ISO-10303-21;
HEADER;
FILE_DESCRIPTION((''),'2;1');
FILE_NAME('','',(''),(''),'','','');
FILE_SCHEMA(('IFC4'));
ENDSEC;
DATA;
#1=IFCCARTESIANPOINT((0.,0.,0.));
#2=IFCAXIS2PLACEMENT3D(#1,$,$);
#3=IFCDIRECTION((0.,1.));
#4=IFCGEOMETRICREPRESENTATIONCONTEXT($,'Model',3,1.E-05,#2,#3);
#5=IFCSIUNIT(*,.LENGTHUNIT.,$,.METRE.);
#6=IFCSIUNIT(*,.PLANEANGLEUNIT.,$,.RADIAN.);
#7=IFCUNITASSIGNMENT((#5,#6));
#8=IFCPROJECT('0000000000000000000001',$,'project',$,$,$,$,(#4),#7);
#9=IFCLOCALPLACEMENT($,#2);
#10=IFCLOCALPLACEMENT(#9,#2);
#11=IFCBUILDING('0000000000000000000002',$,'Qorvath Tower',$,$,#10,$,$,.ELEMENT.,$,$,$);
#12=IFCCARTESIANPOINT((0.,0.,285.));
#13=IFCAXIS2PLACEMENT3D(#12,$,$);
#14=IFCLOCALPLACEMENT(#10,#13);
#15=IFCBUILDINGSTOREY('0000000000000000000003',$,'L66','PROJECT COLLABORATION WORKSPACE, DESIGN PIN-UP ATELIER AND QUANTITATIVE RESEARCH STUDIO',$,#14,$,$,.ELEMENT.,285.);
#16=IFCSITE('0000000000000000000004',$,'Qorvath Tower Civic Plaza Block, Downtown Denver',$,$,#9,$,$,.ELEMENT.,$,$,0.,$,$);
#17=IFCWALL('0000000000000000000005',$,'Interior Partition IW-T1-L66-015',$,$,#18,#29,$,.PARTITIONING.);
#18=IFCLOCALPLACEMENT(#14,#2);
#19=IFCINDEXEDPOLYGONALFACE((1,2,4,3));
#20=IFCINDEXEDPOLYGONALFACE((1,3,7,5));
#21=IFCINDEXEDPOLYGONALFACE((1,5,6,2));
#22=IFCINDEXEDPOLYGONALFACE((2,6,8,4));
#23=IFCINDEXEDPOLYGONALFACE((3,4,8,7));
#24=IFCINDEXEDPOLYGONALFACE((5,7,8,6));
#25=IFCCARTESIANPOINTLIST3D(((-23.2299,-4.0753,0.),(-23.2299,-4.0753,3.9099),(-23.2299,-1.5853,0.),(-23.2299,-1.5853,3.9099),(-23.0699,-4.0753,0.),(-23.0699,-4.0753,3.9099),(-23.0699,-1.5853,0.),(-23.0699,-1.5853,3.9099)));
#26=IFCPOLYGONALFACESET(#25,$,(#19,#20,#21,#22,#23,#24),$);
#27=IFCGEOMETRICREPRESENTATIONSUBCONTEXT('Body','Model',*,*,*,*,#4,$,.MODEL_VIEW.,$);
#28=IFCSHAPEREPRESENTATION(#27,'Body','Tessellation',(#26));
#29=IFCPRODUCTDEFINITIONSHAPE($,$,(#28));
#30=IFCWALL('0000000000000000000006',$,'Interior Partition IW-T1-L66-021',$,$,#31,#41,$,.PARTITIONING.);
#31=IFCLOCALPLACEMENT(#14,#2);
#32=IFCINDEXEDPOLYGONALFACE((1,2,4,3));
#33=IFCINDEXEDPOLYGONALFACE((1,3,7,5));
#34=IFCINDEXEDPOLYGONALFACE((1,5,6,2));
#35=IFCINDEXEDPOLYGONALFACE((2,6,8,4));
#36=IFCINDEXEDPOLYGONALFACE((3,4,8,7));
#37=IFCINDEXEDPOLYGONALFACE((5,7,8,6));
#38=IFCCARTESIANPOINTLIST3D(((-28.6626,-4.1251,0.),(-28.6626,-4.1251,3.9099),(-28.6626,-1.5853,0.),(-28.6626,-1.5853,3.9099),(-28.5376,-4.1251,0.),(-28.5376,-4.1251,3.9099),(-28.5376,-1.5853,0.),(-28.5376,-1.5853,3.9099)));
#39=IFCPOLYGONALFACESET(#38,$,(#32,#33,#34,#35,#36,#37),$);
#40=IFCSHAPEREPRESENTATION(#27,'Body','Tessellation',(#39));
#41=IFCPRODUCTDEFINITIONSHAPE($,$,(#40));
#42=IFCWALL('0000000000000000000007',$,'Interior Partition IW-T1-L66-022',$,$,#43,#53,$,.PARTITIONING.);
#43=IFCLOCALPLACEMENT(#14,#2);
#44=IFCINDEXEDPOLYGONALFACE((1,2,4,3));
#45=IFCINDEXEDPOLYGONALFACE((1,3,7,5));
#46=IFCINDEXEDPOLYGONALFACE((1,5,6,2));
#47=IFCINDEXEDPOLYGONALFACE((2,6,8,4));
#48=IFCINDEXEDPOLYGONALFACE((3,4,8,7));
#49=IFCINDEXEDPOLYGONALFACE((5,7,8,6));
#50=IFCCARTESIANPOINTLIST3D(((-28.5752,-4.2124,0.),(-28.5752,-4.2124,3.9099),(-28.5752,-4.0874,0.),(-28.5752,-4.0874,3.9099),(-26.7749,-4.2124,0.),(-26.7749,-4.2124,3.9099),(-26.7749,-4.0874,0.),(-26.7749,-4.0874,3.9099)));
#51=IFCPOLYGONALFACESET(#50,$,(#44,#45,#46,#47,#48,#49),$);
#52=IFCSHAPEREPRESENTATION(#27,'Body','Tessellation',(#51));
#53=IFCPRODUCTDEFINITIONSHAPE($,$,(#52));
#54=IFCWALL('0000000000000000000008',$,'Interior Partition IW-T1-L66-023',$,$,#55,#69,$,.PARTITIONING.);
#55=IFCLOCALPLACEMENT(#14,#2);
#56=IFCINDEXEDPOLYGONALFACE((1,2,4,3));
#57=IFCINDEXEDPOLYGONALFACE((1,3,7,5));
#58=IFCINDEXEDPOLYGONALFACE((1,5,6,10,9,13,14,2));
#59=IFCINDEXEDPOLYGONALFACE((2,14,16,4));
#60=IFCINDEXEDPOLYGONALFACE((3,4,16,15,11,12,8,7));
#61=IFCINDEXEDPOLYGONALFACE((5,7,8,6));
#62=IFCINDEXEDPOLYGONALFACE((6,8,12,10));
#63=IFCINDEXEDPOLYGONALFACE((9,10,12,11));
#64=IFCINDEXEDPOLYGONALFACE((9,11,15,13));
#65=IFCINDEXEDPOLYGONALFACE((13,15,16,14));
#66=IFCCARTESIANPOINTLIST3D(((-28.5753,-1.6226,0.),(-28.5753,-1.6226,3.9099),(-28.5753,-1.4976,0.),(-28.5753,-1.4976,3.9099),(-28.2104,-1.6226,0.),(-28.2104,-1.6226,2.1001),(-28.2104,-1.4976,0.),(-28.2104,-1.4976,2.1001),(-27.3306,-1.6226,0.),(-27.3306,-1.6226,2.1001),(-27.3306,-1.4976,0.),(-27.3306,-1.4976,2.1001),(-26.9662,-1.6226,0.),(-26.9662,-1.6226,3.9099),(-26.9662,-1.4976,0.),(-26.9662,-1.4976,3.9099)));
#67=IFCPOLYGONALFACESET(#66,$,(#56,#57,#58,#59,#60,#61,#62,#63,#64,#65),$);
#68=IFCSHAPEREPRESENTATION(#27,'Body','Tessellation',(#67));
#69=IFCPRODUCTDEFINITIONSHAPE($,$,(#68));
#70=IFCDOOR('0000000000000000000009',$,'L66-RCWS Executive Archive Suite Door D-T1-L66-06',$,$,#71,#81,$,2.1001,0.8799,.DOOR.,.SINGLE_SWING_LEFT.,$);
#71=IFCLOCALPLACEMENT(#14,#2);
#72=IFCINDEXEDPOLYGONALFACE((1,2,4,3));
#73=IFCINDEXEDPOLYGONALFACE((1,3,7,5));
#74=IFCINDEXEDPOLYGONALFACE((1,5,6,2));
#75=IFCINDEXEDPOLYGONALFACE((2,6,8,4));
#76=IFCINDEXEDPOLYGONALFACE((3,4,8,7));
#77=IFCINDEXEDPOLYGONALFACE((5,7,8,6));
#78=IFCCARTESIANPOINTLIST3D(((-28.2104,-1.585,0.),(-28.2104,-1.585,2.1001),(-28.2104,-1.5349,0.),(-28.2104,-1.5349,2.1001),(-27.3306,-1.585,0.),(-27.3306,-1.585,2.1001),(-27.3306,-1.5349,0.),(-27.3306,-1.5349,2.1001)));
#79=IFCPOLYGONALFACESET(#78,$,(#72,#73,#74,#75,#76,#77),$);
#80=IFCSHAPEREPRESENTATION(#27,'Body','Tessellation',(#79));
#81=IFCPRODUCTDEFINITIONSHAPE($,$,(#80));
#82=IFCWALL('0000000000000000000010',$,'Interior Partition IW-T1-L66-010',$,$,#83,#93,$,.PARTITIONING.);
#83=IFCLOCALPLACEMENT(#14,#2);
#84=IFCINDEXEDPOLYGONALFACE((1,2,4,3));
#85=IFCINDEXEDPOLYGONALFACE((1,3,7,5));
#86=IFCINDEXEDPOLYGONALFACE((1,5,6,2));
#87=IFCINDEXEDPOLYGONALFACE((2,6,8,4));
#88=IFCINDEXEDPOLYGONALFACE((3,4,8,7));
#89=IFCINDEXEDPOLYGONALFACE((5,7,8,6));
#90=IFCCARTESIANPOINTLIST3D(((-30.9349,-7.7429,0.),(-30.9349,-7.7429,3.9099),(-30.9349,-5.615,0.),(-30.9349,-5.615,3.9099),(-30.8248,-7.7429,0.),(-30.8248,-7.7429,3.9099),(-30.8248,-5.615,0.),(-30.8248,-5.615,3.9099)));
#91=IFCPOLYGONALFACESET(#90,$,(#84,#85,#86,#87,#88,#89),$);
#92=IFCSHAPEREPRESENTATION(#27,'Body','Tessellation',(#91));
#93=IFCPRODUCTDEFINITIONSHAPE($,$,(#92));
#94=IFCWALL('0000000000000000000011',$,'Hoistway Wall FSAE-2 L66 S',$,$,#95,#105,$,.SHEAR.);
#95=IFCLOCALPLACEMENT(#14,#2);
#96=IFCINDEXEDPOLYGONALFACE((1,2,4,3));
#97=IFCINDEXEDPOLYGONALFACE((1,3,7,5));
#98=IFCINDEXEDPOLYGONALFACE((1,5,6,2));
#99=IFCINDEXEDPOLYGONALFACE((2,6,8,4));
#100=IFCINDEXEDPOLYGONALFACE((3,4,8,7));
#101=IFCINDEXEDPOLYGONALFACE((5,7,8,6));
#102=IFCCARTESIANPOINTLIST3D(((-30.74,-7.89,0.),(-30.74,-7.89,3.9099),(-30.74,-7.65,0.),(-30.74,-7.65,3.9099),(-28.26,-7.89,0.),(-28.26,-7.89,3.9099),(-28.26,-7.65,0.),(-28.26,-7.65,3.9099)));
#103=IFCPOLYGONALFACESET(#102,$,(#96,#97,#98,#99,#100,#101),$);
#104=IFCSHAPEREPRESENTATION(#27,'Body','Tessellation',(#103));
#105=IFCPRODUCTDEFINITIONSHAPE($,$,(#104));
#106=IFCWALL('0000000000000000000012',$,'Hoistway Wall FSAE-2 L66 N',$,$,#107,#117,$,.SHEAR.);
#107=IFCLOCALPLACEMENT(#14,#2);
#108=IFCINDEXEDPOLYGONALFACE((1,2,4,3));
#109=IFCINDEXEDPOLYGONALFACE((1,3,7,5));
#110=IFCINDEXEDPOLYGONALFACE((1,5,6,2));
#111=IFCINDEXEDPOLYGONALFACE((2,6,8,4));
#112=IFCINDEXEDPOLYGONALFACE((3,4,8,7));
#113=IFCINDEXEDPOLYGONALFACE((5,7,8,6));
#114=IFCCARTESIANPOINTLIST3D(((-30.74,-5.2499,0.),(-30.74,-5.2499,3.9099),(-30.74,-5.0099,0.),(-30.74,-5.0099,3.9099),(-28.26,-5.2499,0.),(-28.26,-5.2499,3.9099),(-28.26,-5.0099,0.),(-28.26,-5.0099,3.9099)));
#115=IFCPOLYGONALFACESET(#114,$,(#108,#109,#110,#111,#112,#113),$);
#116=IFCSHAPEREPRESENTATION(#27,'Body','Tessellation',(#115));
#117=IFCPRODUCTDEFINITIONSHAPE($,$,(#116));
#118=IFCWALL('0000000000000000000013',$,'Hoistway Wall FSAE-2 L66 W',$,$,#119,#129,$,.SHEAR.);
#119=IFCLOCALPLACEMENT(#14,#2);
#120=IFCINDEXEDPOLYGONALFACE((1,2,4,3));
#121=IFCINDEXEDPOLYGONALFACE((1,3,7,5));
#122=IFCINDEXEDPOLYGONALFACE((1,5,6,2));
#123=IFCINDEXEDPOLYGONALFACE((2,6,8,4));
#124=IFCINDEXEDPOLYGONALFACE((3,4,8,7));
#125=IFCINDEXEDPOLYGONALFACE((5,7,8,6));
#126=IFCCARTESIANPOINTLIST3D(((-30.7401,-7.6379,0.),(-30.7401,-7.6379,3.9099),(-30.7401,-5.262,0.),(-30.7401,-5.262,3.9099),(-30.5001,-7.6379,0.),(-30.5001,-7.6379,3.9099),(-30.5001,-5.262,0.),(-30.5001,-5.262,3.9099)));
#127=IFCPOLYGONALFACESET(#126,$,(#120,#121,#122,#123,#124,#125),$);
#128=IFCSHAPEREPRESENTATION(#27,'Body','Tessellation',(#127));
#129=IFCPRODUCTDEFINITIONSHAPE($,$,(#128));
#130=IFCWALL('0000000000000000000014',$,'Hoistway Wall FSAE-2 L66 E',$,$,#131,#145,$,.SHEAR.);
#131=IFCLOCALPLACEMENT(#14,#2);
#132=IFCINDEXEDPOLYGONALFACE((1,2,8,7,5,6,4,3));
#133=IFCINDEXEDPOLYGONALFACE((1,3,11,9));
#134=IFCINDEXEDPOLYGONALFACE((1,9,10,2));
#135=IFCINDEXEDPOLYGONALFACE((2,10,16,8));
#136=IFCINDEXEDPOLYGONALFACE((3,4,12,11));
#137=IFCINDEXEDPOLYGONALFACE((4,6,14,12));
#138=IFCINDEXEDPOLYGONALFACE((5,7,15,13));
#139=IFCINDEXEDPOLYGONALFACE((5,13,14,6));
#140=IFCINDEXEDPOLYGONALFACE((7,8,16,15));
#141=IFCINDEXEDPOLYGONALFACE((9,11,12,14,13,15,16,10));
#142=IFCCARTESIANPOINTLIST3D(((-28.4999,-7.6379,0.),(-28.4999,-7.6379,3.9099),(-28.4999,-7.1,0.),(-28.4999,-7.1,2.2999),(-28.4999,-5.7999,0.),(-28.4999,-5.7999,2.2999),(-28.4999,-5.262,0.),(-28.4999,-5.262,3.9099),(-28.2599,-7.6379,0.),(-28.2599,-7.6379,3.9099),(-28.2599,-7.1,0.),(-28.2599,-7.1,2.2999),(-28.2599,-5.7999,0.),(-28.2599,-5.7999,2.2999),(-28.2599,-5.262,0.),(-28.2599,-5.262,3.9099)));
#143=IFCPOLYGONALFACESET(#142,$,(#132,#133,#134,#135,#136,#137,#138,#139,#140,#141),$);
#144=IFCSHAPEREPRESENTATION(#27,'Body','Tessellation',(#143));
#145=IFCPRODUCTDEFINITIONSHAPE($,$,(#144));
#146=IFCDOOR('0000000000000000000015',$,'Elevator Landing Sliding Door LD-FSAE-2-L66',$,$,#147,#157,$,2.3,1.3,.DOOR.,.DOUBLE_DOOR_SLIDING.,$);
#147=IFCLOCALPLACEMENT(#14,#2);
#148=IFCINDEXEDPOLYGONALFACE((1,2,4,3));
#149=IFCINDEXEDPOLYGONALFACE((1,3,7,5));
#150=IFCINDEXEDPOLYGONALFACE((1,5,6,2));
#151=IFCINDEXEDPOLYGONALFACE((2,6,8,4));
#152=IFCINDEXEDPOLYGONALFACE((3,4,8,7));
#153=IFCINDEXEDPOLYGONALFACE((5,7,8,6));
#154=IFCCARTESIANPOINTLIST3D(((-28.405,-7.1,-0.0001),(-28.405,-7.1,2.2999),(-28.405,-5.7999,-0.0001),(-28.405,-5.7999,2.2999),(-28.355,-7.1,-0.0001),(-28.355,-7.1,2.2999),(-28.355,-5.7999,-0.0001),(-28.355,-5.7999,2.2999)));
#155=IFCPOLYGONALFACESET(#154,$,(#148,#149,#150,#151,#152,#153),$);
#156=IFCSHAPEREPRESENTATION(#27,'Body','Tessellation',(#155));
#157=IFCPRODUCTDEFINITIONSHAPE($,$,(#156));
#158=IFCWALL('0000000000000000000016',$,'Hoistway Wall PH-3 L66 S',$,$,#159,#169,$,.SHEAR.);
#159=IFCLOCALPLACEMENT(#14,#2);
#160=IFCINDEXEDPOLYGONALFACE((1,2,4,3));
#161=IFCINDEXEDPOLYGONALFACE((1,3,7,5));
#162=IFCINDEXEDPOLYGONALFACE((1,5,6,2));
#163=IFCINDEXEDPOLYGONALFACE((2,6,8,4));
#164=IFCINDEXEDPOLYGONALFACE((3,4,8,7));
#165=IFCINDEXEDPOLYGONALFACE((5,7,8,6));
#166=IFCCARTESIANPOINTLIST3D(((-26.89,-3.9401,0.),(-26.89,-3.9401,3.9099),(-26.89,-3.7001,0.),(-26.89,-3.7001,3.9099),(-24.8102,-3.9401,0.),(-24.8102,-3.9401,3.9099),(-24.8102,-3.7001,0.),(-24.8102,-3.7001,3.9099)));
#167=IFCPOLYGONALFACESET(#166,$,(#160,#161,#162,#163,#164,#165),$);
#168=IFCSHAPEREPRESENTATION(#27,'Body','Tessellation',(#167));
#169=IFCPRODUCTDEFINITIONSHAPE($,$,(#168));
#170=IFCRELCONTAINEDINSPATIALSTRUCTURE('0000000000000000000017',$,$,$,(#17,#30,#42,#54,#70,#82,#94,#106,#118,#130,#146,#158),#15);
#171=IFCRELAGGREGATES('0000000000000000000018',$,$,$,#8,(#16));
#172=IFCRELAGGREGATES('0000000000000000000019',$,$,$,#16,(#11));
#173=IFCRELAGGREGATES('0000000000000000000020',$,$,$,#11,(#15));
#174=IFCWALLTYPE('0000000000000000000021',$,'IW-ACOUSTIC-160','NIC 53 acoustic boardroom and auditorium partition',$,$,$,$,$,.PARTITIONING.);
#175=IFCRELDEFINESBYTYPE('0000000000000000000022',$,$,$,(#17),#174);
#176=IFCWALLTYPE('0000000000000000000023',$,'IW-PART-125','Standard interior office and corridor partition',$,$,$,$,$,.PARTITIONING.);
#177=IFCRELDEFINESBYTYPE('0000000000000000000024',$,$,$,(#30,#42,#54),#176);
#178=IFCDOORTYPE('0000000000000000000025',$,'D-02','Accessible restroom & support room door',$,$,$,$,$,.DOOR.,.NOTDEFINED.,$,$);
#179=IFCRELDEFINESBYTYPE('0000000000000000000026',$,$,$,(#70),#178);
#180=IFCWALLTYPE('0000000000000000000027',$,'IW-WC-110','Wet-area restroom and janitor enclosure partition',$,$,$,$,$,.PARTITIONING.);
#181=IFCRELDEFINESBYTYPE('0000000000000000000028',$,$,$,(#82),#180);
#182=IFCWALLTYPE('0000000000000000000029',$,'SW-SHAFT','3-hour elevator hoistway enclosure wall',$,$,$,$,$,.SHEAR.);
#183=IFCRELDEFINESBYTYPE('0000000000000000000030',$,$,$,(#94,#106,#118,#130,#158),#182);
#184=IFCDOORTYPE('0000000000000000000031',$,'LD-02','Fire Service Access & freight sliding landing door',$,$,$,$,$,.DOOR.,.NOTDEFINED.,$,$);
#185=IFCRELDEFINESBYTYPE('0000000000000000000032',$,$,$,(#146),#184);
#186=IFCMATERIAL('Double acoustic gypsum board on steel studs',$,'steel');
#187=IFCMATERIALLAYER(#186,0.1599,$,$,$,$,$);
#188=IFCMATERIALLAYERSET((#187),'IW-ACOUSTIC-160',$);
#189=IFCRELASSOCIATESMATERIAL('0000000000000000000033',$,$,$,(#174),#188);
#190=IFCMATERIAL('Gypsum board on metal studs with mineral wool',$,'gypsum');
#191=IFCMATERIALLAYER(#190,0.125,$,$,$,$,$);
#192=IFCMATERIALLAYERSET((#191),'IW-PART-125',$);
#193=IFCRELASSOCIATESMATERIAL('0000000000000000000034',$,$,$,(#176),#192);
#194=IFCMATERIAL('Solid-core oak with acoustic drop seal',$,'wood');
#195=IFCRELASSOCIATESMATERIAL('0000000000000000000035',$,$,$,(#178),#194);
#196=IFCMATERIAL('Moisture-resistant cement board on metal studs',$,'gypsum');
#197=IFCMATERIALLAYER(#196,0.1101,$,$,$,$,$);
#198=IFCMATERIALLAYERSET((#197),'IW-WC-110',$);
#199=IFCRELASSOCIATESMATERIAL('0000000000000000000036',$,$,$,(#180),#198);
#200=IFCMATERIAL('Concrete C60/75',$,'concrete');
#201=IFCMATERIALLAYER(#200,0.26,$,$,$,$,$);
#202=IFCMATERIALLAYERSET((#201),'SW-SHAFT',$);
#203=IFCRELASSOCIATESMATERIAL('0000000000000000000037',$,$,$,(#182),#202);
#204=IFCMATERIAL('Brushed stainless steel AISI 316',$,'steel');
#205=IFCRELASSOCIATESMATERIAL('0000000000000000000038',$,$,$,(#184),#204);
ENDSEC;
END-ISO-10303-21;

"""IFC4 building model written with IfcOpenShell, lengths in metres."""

from ifc_helpers import new_model, si_unit, direction, frame, frame_2d, origin, place, context, subcontext, project, spatial, rectangle, extrude, material, layer, layer_set, type_object, element, fill, save


model = new_model("IFC4")

# Units and contexts
model_context = context("Model", 3, precision=1e-05, world=origin(), true_north=direction((0.0, 1.0)))
body_context = subcontext(model_context, "Body", "Model", "MODEL_VIEW")
ifc_project = project(units=[si_unit("LENGTHUNIT", "METRE"), si_unit("PLANEANGLEUNIT", "RADIAN")], contexts=[model_context])

# Site, building, storey
site_placement = place(None, origin())
site = spatial("IfcSite", under=ifc_project, at=site_placement, Name="Qorvath Tower Civic Plaza Block, Downtown Denver", CompositionType="ELEMENT", RefElevation=0.0)
building_placement = place(site_placement, origin())
building = spatial("IfcBuilding", under=site, at=building_placement, Name="Qorvath Tower", CompositionType="ELEMENT")
storey_placement = place(building_placement, frame((0.0, 0.0, 285.0)))
storey = spatial("IfcBuildingStorey", under=building, at=storey_placement, Name="L66", Description="PROJECT COLLABORATION WORKSPACE, DESIGN PIN-UP ATELIER AND QUANTITATIVE RESEARCH STUDIO", CompositionType="ELEMENT", Elevation=285.0)

# Walls
ifc_material_1 = material(Name="Double acoustic gypsum board on steel studs", Category="steel")
ifc_layer_1 = layer(ifc_material_1, 0.1599)
ifc_layer_set_1 = layer_set([ifc_layer_1], Name="IW-ACOUSTIC-160")
wall_type_1 = type_object("IfcWallType", Name="IW-ACOUSTIC-160", Description="NIC 53 acoustic boardroom and auditorium partition", PredefinedType="PARTITIONING", material=ifc_layer_set_1)
wall_1_placement = place(storey_placement, frame((-23.1499, -1.5852, 0.0), z_axis=(0.0, 0.0, 1.0), x_axis=(0.0, -1.0, 0.0)))
element("IfcWall", 1, at=wall_1_placement, inside=storey, type_object=wall_type_1, Name="Interior Partition IW-T1-L66-015", PredefinedType="PARTITIONING", context=body_context, shape_type="SweptSolid", body=[
    extrude(rectangle(XDim=2.49, YDim=0.1599, at=frame_2d((1.2451, 0.0))), origin(), (0.0, 0.0, 1.0), 3.9099),
])
ifc_material_2 = material(Name="Gypsum board on metal studs with mineral wool", Category="gypsum")
ifc_layer_2 = layer(ifc_material_2, 0.125)
ifc_layer_set_2 = layer_set([ifc_layer_2], Name="IW-PART-125")
wall_type_2 = type_object("IfcWallType", Name="IW-PART-125", Description="Standard interior office and corridor partition", PredefinedType="PARTITIONING", material=ifc_layer_set_2)
wall_2_placement = place(storey_placement, frame((-28.6001, -1.5852, 0.0), z_axis=(0.0, 0.0, 1.0), x_axis=(0.0, -1.0, 0.0)))
element("IfcWall", 2, at=wall_2_placement, inside=storey, type_object=wall_type_2, Name="Interior Partition IW-T1-L66-021", PredefinedType="PARTITIONING", context=body_context, shape_type="SweptSolid", body=[
    extrude(rectangle(XDim=2.5398, YDim=0.125, at=frame_2d((1.27, 0.0))), origin(), (0.0, 0.0, 1.0), 3.9099),
])
wall_3_placement = place(storey_placement, frame((-28.5752, -4.1499, 0.0), z_axis=(0.0, 0.0, 1.0), x_axis=(1.0, 0.0, 0.0)))
element("IfcWall", 3, at=wall_3_placement, inside=storey, type_object=wall_type_2, Name="Interior Partition IW-T1-L66-022", PredefinedType="PARTITIONING", context=body_context, shape_type="SweptSolid", body=[
    extrude(rectangle(XDim=1.8003, YDim=0.125, at=frame_2d((0.9001, 0.0))), origin(), (0.0, 0.0, 1.0), 3.9099),
])

# Wall, opening, door
wall_4_placement = place(storey_placement, frame((-26.9661, -1.5601, 0.0), z_axis=(0.0, 0.0, 1.0), x_axis=(-1.0, 0.0, 0.0)))
wall_4 = element("IfcWall", 4, at=wall_4_placement, inside=storey, type_object=wall_type_2, Name="Interior Partition IW-T1-L66-023", PredefinedType="PARTITIONING", context=body_context, shape_type="SweptSolid", body=[
    extrude(rectangle(XDim=1.6091, YDim=0.125, at=frame_2d((0.8047, 0.0))), origin(), (0.0, 0.0, 1.0), 3.9099),
])
opening_1_placement = place(wall_4_placement, frame((0.3645, 0.0, 0.0)))
opening_1 = element("IfcOpeningElement", 5, at=opening_1_placement, cuts=wall_4, PredefinedType="OPENING", context=body_context, shape_type="SweptSolid", body=[
    extrude(rectangle(XDim=0.8799, YDim=2.1001, at=frame_2d((0.4399, 1.05))), frame((0.0, 0.0725, 0.0), z_axis=(0.0, -1.0, 0.0), x_axis=(1.0, 0.0, 0.0)), (0.0, 0.0, 1.0), 0.145),
])
ifc_material_3 = material(Name="Solid-core oak with acoustic drop seal", Category="wood")
door_type_1 = type_object("IfcDoorType", Name="D-02", Description="Accessible restroom & support room door", OperationType="NOTDEFINED", PredefinedType="DOOR", material=ifc_material_3)
door_1_placement = place(opening_1_placement, origin())
door_1 = element("IfcDoor", 6, at=door_1_placement, inside=storey, type_object=door_type_1, Name="L66-RCWS Executive Archive Suite Door D-T1-L66-06", OperationType="SINGLE_SWING_LEFT", OverallHeight=2.1001, OverallWidth=0.8799, PredefinedType="DOOR", context=body_context, shape_type="SweptSolid", body=[
    extrude(rectangle(XDim=0.8799, YDim=2.1001, at=frame_2d((0.4399, 1.05))), frame((0.0, 0.0249, 0.0), z_axis=(0.0, -1.0, 0.0), x_axis=(1.0, 0.0, 0.0)), (0.0, 0.0, 1.0), 0.05),
])
fill(opening_1, door_1)

# Walls
ifc_material_4 = material(Name="Moisture-resistant cement board on metal studs", Category="gypsum")
ifc_layer_3 = layer(ifc_material_4, 0.1101)
ifc_layer_set_3 = layer_set([ifc_layer_3], Name="IW-WC-110")
wall_type_3 = type_object("IfcWallType", Name="IW-WC-110", Description="Wet-area restroom and janitor enclosure partition", PredefinedType="PARTITIONING", material=ifc_layer_set_3)
wall_5_placement = place(storey_placement, frame((-30.8799, -7.7429, 0.0), z_axis=(0.0, 0.0, 1.0), x_axis=(0.0, 1.0, 0.0)))
element("IfcWall", 7, at=wall_5_placement, inside=storey, type_object=wall_type_3, Name="Interior Partition IW-T1-L66-010", PredefinedType="PARTITIONING", context=body_context, shape_type="SweptSolid", body=[
    extrude(rectangle(XDim=2.1279, YDim=0.1101, at=frame_2d((1.064, 0.0))), origin(), (0.0, 0.0, 1.0), 3.9099),
])
ifc_material_5 = material(Name="Concrete C60/75", Category="concrete")
ifc_layer_4 = layer(ifc_material_5, 0.26)
ifc_layer_set_4 = layer_set([ifc_layer_4], Name="SW-SHAFT")
wall_type_4 = type_object("IfcWallType", Name="SW-SHAFT", Description="3-hour elevator hoistway enclosure wall", PredefinedType="SHEAR", material=ifc_layer_set_4)
for number, where, z_axis, x_axis, name in (
    (8, (-28.26, -7.77, 0.0), (0.0, 0.0, 1.0), (-1.0, 0.0, 0.0), "Hoistway Wall FSAE-2 L66 S"),
    (9, (-30.74, -5.1299, 0.0), (0.0, 0.0, 1.0), (1.0, 0.0, 0.0), "Hoistway Wall FSAE-2 L66 N"),
):
    element("IfcWall", number, at=place(storey_placement, frame(where, z_axis=z_axis, x_axis=x_axis)), inside=storey, type_object=wall_type_4, Name=name, PredefinedType="SHEAR", context=body_context, shape_type="SweptSolid", body=[
        extrude(rectangle(XDim=2.48, YDim=0.24, at=frame_2d((1.24, 0.0))), origin(), (0.0, 0.0, 1.0), 3.9099),
    ])
wall_6_placement = place(storey_placement, frame((-30.6201, -7.6379, 0.0), z_axis=(0.0, 0.0, 1.0), x_axis=(0.0, 1.0, 0.0)))
element("IfcWall", 10, at=wall_6_placement, inside=storey, type_object=wall_type_4, Name="Hoistway Wall FSAE-2 L66 W", PredefinedType="SHEAR", context=body_context, shape_type="SweptSolid", body=[
    extrude(rectangle(XDim=2.376, YDim=0.24, at=frame_2d((1.188, 0.0))), origin(), (0.0, 0.0, 1.0), 3.9099),
])

# Wall, opening, door
wall_7_placement = place(storey_placement, frame((-28.3799, -5.262, 0.0), z_axis=(0.0, 0.0, 1.0), x_axis=(0.0, -1.0, 0.0)))
wall_7 = element("IfcWall", 11, at=wall_7_placement, inside=storey, type_object=wall_type_4, Name="Hoistway Wall FSAE-2 L66 E", PredefinedType="SHEAR", context=body_context, shape_type="SweptSolid", body=[
    extrude(rectangle(XDim=2.376, YDim=0.24, at=frame_2d((1.188, 0.0))), origin(), (0.0, 0.0, 1.0), 3.9099),
])
opening_2_placement = place(wall_7_placement, frame((0.5381, 0.0, 0.0)))
opening_2 = element("IfcOpeningElement", 12, at=opening_2_placement, cuts=wall_7, PredefinedType="OPENING", context=body_context, shape_type="SweptSolid", body=[
    extrude(rectangle(XDim=1.3, YDim=2.3, at=frame_2d((0.6499, 1.1499))), frame((0.0, 0.1299, 0.0), z_axis=(0.0, -1.0, 0.0), x_axis=(1.0, 0.0, 0.0)), (0.0, 0.0, 1.0), 0.26),
])
ifc_material_6 = material(Name="Brushed stainless steel AISI 316", Category="steel")
door_type_2 = type_object("IfcDoorType", Name="LD-02", Description="Fire Service Access & freight sliding landing door", OperationType="NOTDEFINED", PredefinedType="DOOR", material=ifc_material_6)
door_2_placement = place(opening_2_placement, origin())
door_2 = element("IfcDoor", 13, at=door_2_placement, inside=storey, type_object=door_type_2, Name="Elevator Landing Sliding Door LD-FSAE-2-L66", OperationType="DOUBLE_DOOR_SLIDING", OverallHeight=2.3, OverallWidth=1.3, PredefinedType="DOOR", context=body_context, shape_type="SweptSolid", body=[
    extrude(rectangle(XDim=1.3, YDim=2.3, at=frame_2d((0.6499, 1.1499))), frame((0.0, 0.0249, 0.0), z_axis=(0.0, -1.0, 0.0), x_axis=(1.0, 0.0, 0.0)), (0.0, 0.0, 1.0), 0.05),
])
fill(opening_2, door_2)

# Wall
wall_8_placement = place(storey_placement, frame((-24.8101, -3.8201, 0.0), z_axis=(0.0, 0.0, 1.0), x_axis=(-1.0, 0.0, 0.0)))
element("IfcWall", 14, at=wall_8_placement, inside=storey, type_object=wall_type_4, Name="Hoistway Wall PH-3 L66 S", PredefinedType="SHEAR", context=body_context, shape_type="SweptSolid", body=[
    extrude(rectangle(XDim=2.0798, YDim=0.24, at=frame_2d((1.04, 0.0))), origin(), (0.0, 0.0, 1.0), 3.9099),
])

save(model, "model.ifc")
